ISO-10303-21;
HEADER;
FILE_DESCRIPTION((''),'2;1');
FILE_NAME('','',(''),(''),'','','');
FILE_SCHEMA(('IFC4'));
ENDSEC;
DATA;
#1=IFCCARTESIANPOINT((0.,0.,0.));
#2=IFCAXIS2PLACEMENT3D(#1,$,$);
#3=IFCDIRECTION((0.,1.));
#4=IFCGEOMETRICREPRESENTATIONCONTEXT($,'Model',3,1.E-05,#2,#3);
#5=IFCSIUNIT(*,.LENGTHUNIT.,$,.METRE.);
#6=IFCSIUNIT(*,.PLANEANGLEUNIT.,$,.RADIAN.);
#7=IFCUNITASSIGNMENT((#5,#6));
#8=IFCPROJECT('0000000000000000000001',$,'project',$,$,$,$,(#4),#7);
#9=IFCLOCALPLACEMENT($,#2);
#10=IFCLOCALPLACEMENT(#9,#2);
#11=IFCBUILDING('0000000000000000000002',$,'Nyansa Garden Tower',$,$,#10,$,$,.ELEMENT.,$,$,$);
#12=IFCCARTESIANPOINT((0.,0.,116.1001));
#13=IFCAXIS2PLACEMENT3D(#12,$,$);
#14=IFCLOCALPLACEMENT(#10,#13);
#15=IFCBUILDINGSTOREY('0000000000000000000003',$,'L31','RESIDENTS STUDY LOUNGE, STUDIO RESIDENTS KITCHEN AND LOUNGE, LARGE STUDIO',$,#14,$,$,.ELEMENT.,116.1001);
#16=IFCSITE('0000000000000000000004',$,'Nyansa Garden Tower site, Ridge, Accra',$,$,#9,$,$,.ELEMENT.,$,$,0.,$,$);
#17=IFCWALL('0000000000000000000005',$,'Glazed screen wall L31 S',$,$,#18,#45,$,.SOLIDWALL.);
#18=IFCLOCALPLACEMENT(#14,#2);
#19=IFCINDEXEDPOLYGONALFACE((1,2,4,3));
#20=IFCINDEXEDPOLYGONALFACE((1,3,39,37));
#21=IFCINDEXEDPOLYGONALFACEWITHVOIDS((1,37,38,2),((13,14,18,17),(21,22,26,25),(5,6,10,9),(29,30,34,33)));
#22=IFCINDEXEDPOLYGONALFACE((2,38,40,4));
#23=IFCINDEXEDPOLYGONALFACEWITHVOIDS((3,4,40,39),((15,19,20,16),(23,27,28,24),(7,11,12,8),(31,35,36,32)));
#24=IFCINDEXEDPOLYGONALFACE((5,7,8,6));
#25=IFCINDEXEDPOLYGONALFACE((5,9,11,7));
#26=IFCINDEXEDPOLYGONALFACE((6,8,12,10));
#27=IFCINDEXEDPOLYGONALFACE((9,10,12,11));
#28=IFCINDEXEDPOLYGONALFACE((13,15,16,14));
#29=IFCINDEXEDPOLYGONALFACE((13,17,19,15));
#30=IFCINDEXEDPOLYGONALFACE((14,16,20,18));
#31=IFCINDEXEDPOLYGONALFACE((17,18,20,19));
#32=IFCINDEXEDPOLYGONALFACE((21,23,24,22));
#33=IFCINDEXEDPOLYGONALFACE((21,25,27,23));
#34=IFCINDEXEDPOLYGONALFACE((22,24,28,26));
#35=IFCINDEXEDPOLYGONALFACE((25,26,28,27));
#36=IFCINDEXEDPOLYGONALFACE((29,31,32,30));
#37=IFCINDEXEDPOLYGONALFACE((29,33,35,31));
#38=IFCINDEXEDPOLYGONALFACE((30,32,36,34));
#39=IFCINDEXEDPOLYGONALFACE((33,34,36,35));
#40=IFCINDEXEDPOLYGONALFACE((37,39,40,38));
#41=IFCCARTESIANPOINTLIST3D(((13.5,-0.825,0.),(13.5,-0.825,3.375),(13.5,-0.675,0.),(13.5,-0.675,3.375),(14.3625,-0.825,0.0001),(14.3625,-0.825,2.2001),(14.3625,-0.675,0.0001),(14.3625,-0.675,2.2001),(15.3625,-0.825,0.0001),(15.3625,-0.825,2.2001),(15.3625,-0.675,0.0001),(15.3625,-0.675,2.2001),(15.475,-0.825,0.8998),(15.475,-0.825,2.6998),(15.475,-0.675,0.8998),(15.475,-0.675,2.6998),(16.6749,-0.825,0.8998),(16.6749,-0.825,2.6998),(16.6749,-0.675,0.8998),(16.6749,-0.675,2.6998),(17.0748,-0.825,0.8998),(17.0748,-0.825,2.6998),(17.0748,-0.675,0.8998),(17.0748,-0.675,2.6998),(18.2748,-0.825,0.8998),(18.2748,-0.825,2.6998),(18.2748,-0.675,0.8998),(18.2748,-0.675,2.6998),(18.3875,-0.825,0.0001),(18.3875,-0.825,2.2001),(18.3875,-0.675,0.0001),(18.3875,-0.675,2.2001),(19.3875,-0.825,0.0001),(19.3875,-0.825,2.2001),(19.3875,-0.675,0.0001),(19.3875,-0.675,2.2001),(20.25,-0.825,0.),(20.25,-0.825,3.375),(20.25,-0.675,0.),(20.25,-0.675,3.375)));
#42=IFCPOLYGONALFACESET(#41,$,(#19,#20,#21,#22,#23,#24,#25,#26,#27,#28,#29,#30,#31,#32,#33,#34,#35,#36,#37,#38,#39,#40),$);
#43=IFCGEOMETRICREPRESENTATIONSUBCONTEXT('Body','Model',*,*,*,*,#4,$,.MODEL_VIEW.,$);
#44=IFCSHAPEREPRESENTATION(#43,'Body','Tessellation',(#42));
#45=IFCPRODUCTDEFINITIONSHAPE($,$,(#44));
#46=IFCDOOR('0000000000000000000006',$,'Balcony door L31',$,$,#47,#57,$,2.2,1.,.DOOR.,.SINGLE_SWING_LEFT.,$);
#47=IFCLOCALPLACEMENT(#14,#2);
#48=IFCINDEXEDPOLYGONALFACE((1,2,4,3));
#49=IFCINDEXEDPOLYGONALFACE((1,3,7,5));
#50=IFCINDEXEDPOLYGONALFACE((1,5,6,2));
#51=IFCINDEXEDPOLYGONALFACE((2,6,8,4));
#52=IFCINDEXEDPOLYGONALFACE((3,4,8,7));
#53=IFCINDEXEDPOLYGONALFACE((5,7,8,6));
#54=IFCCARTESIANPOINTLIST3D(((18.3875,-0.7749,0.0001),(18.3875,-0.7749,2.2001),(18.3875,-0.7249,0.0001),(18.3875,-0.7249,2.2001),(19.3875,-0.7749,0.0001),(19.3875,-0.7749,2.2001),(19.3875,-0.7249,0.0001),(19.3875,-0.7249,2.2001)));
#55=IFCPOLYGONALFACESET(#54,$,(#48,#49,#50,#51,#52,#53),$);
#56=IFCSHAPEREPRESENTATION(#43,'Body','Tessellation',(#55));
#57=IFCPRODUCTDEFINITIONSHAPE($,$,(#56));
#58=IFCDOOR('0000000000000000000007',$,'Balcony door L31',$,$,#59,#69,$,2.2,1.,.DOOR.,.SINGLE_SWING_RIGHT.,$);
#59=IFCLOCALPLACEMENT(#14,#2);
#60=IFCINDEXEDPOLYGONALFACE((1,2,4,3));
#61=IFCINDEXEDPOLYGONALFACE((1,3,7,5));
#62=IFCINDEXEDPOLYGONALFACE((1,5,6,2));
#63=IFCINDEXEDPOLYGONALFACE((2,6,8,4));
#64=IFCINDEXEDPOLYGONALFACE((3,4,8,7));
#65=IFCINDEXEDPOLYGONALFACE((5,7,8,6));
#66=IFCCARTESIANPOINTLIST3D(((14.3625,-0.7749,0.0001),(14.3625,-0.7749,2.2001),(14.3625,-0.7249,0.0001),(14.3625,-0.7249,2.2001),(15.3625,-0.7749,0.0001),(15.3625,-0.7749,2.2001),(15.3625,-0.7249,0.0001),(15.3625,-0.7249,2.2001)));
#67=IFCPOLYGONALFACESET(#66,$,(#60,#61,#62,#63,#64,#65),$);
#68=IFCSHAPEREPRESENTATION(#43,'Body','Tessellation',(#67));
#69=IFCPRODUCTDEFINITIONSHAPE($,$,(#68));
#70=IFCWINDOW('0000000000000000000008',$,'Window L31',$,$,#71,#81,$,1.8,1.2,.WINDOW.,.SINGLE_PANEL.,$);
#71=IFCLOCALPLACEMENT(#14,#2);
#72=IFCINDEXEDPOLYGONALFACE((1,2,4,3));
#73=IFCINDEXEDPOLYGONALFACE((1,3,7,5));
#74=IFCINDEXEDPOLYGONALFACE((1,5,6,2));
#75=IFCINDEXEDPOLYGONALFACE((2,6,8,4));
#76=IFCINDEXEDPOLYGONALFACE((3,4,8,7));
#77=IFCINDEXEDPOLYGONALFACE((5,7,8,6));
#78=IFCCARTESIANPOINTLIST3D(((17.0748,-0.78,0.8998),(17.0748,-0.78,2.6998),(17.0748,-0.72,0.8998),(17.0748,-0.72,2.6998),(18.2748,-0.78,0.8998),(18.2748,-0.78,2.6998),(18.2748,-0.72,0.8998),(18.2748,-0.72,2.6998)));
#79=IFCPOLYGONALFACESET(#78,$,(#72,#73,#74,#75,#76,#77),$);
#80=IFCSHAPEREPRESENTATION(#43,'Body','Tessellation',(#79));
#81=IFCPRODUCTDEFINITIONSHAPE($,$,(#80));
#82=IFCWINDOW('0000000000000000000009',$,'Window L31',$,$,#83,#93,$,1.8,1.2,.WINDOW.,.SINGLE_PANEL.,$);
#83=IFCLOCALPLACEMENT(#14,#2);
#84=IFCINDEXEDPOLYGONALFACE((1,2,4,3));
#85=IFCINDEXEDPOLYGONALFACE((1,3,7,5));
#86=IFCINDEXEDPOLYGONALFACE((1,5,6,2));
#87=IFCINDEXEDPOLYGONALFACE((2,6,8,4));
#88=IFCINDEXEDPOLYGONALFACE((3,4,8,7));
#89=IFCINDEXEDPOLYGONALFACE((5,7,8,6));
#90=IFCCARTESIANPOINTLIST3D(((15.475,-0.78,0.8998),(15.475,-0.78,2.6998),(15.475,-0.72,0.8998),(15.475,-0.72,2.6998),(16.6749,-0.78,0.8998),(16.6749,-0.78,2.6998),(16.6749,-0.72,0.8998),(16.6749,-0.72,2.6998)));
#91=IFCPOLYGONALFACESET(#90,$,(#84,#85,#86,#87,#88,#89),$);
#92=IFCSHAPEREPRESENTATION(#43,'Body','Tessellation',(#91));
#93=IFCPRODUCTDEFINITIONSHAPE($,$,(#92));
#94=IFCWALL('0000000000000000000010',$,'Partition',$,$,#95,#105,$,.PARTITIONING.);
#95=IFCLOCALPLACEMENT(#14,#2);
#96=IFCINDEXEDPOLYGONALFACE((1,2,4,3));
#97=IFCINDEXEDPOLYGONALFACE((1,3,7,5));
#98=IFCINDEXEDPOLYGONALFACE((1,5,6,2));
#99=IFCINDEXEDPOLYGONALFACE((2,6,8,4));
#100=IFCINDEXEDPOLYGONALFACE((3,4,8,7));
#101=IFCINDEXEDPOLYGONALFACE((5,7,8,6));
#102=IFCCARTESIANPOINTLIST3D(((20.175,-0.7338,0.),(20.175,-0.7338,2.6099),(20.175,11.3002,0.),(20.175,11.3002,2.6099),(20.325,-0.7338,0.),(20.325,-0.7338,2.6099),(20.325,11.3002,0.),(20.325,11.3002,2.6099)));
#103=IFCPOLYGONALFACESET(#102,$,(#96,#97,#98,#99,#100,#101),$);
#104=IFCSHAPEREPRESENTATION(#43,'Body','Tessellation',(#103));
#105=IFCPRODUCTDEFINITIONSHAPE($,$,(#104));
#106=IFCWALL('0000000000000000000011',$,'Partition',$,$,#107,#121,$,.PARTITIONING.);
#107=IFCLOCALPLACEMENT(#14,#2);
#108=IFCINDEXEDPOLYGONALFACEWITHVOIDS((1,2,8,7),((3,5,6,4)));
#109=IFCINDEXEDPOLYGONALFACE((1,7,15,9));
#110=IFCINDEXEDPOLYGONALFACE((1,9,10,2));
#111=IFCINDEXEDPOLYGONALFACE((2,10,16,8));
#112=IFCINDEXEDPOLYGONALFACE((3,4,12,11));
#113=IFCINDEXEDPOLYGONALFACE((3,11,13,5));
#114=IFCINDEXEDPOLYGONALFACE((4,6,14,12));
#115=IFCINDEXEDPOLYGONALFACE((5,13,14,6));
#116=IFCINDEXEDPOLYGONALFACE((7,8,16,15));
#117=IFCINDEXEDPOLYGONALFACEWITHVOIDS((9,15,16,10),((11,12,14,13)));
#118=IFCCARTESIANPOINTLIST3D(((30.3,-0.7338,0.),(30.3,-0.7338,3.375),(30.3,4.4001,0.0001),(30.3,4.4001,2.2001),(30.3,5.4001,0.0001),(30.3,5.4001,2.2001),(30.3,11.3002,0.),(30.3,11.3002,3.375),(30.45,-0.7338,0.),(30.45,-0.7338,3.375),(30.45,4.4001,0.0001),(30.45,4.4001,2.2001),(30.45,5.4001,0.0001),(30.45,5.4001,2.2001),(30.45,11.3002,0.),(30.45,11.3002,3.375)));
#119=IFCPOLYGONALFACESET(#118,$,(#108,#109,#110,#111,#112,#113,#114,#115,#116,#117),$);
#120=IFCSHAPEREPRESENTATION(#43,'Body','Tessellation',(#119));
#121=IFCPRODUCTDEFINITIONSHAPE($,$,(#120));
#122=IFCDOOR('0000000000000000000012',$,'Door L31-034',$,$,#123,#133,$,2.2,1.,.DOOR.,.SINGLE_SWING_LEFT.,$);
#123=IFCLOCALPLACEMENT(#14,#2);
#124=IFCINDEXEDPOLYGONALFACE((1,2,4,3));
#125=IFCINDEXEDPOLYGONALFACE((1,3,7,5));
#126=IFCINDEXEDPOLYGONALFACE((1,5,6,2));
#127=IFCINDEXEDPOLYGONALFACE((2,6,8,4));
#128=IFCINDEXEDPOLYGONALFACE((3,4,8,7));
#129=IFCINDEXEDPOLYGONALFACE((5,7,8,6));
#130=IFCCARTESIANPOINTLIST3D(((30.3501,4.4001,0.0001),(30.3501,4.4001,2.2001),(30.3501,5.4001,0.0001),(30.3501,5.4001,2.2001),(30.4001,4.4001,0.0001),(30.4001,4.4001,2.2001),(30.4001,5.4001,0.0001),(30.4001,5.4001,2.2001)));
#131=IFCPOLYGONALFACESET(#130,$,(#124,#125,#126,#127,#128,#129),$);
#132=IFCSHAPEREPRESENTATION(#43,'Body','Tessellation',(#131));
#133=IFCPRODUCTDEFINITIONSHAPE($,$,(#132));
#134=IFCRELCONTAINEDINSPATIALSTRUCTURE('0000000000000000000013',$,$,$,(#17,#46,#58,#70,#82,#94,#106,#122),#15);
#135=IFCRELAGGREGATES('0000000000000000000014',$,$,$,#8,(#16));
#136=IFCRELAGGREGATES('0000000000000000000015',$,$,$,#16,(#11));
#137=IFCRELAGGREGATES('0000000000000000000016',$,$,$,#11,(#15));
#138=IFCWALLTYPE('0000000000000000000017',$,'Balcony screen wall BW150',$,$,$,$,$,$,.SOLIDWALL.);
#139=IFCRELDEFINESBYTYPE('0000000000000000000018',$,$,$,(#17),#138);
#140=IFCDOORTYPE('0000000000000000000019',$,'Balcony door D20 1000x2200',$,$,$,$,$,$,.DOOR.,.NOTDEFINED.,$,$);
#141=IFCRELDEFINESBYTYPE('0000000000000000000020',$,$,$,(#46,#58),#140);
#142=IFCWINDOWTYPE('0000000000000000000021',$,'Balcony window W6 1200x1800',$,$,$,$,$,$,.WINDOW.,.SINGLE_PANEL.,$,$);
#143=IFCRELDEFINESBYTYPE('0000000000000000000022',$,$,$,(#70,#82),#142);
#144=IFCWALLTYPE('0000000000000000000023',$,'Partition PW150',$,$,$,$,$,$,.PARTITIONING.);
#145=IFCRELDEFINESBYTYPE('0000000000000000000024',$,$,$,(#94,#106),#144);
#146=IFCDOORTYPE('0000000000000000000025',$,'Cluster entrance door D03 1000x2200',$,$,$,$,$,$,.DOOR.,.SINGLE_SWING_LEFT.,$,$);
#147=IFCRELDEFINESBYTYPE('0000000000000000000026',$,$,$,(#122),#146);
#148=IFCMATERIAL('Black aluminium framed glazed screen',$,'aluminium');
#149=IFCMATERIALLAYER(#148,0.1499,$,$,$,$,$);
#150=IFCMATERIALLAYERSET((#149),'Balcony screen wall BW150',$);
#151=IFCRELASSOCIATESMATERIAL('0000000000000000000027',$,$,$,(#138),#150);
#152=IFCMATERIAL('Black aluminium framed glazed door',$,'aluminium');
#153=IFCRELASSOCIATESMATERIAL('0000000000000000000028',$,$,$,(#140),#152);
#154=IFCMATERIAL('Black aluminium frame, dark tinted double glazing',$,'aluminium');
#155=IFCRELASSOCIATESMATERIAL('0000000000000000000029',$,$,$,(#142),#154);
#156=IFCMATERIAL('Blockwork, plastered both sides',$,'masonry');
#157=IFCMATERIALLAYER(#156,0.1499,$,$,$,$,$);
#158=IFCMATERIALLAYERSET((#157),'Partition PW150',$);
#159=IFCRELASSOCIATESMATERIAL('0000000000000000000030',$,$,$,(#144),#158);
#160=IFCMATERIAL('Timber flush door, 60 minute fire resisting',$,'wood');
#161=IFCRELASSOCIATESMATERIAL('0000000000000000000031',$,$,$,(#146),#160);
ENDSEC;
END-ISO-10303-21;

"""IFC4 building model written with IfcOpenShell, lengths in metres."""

from ifc_helpers import new_model, si_unit, direction, frame, frame_2d, origin, place, context, subcontext, project, spatial, rectangle, extrude, material, layer, layer_set, type_object, element, fill, save


model = new_model("IFC4")

# Units and contexts
model_context = context("Model", 3, precision=1e-05, world=origin(), true_north=direction((0.0, 1.0)))
body_context = subcontext(model_context, "Body", "Model", "MODEL_VIEW")
ifc_project = project(units=[si_unit("LENGTHUNIT", "METRE"), si_unit("PLANEANGLEUNIT", "RADIAN")], contexts=[model_context])

# Site, building, storey
site_placement = place(None, origin())
site = spatial("IfcSite", under=ifc_project, at=site_placement, Name="Nyansa Garden Tower site, Ridge, Accra", CompositionType="ELEMENT", RefElevation=0.0)
building_placement = place(site_placement, origin())
building = spatial("IfcBuilding", under=site, at=building_placement, Name="Nyansa Garden Tower", CompositionType="ELEMENT")
storey_placement = place(building_placement, frame((0.0, 0.0, 116.1001)))
storey = spatial("IfcBuildingStorey", under=building, at=storey_placement, Name="L31", Description="RESIDENTS STUDY LOUNGE, STUDIO RESIDENTS KITCHEN AND LOUNGE, LARGE STUDIO", CompositionType="ELEMENT", Elevation=116.1001)

# Wall, openings, doors, windows
ifc_material_1 = material(Name="Black aluminium framed glazed screen", Category="aluminium")
ifc_layer_1 = layer(ifc_material_1, 0.1499)
ifc_layer_set_1 = layer_set([ifc_layer_1], Name="Balcony screen wall BW150")
wall_type_1 = type_object("IfcWallType", Name="Balcony screen wall BW150", PredefinedType="SOLIDWALL", material=ifc_layer_set_1)
wall_1_placement = place(storey_placement, frame((20.25, -0.75, 0.0), z_axis=(0.0, 0.0, 1.0), x_axis=(-1.0, 0.0, 0.0)))
wall_1 = element("IfcWall", 1, at=wall_1_placement, inside=storey, type_object=wall_type_1, Name="Glazed screen wall L31 S", PredefinedType="SOLIDWALL", context=body_context, shape_type="SweptSolid", body=[
    extrude(rectangle(XDim=6.75, YDim=0.1499, at=frame_2d((3.375, 0.0))), origin(), (0.0, 0.0, 1.0), 3.375),
])
opening_1_placement = place(wall_1_placement, frame((0.8625, 0.0, 0.0)))
opening_1 = element("IfcOpeningElement", 2, at=opening_1_placement, cuts=wall_1, PredefinedType="OPENING", context=body_context, shape_type="SweptSolid", body=[
    extrude(rectangle(XDim=1.0, YDim=2.2, at=frame_2d((0.5, 1.1001))), frame((0.0, 0.085, 0.0), z_axis=(0.0, -1.0, 0.0), x_axis=(1.0, 0.0, 0.0)), (0.0, 0.0, 1.0), 0.1699),
])
opening_2_placement = place(wall_1_placement, frame((1.9751, 0.0, 0.8999)))
opening_2 = element("IfcOpeningElement", 3, at=opening_2_placement, cuts=wall_1, PredefinedType="OPENING", context=body_context, shape_type="SweptSolid", body=[
    extrude(rectangle(XDim=1.2, YDim=1.8, at=frame_2d((0.6001, 0.8999))), frame((0.0, 0.085, 0.0), z_axis=(0.0, -1.0, 0.0), x_axis=(1.0, 0.0, 0.0)), (0.0, 0.0, 1.0), 0.1699),
])
opening_3_placement = place(wall_1_placement, frame((4.8875, 0.0, 0.0)))
opening_3 = element("IfcOpeningElement", 4, at=opening_3_placement, cuts=wall_1, PredefinedType="OPENING", context=body_context, shape_type="SweptSolid", body=[
    extrude(rectangle(XDim=1.0, YDim=2.2, at=frame_2d((0.5, 1.1001))), frame((0.0, 0.085, 0.0), z_axis=(0.0, -1.0, 0.0), x_axis=(1.0, 0.0, 0.0)), (0.0, 0.0, 1.0), 0.1699),
])
opening_4_placement = place(wall_1_placement, frame((3.575, 0.0, 0.8999)))
opening_4 = element("IfcOpeningElement", 5, at=opening_4_placement, cuts=wall_1, PredefinedType="OPENING", context=body_context, shape_type="SweptSolid", body=[
    extrude(rectangle(XDim=1.2, YDim=1.8, at=frame_2d((0.6001, 0.8999))), frame((0.0, 0.085, 0.0), z_axis=(0.0, -1.0, 0.0), x_axis=(1.0, 0.0, 0.0)), (0.0, 0.0, 1.0), 0.1699),
])
ifc_material_2 = material(Name="Black aluminium framed glazed door", Category="aluminium")
door_type_1 = type_object("IfcDoorType", Name="Balcony door D20 1000x2200", OperationType="NOTDEFINED", PredefinedType="DOOR", material=ifc_material_2)
door_1_placement = place(opening_1_placement, origin())
door_1 = element("IfcDoor", 6, at=door_1_placement, inside=storey, type_object=door_type_1, Name="Balcony door L31", OperationType="SINGLE_SWING_LEFT", OverallHeight=2.2, OverallWidth=1.0, PredefinedType="DOOR", context=body_context, shape_type="SweptSolid", body=[
    extrude(rectangle(XDim=1.0, YDim=2.2, at=frame_2d((0.5, 1.1001))), frame((0.0, 0.0249, 0.0), z_axis=(0.0, -1.0, 0.0), x_axis=(1.0, 0.0, 0.0)), (0.0, 0.0, 1.0), 0.05),
])
fill(opening_1, door_1)
door_2_placement = place(opening_3_placement, origin())
door_2 = element("IfcDoor", 7, at=door_2_placement, inside=storey, type_object=door_type_1, Name="Balcony door L31", OperationType="SINGLE_SWING_RIGHT", OverallHeight=2.2, OverallWidth=1.0, PredefinedType="DOOR", context=body_context, shape_type="SweptSolid", body=[
    extrude(rectangle(XDim=1.0, YDim=2.2, at=frame_2d((0.5, 1.1001))), frame((0.0, 0.0249, 0.0), z_axis=(0.0, -1.0, 0.0), x_axis=(1.0, 0.0, 0.0)), (0.0, 0.0, 1.0), 0.05),
])
fill(opening_3, door_2)
ifc_material_3 = material(Name="Black aluminium frame, dark tinted double glazing", Category="aluminium")
window_type = type_object("IfcWindowType", Name="Balcony window W6 1200x1800", PartitioningType="SINGLE_PANEL", PredefinedType="WINDOW", material=ifc_material_3)
window_1_placement = place(opening_2_placement, origin())
window_1 = element("IfcWindow", 8, at=window_1_placement, inside=storey, type_object=window_type, Name="Window L31", OverallHeight=1.8, OverallWidth=1.2, PartitioningType="SINGLE_PANEL", PredefinedType="WINDOW", context=body_context, shape_type="SweptSolid", body=[
    extrude(rectangle(XDim=1.2, YDim=1.8, at=frame_2d((0.6001, 0.8999))), frame((0.0, 0.03, 0.0), z_axis=(0.0, -1.0, 0.0), x_axis=(1.0, 0.0, 0.0)), (0.0, 0.0, 1.0), 0.0601),
])
fill(opening_2, window_1)
window_2_placement = place(opening_4_placement, origin())
window_2 = element("IfcWindow", 9, at=window_2_placement, inside=storey, type_object=window_type, Name="Window L31", OverallHeight=1.8, OverallWidth=1.2, PartitioningType="SINGLE_PANEL", PredefinedType="WINDOW", context=body_context, shape_type="SweptSolid", body=[
    extrude(rectangle(XDim=1.2, YDim=1.8, at=frame_2d((0.6001, 0.8999))), frame((0.0, 0.03, 0.0), z_axis=(0.0, -1.0, 0.0), x_axis=(1.0, 0.0, 0.0)), (0.0, 0.0, 1.0), 0.0601),
])
fill(opening_4, window_2)

# Wall
ifc_material_4 = material(Name="Blockwork, plastered both sides", Category="masonry")
ifc_layer_2 = layer(ifc_material_4, 0.1499)
ifc_layer_set_2 = layer_set([ifc_layer_2], Name="Partition PW150")
wall_type_2 = type_object("IfcWallType", Name="Partition PW150", PredefinedType="PARTITIONING", material=ifc_layer_set_2)
wall_2_placement = place(storey_placement, frame((20.25, -0.7339, 0.0), z_axis=(0.0, 0.0, 1.0), x_axis=(0.0, 1.0, 0.0)))
element("IfcWall", 10, at=wall_2_placement, inside=storey, type_object=wall_type_2, Name="Partition", PredefinedType="PARTITIONING", context=body_context, shape_type="SweptSolid", body=[
    extrude(rectangle(XDim=12.0339, YDim=0.1499, at=frame_2d((6.0171, 0.0))), origin(), (0.0, 0.0, 1.0), 2.6099),
])

# Wall, opening, door
wall_3_placement = place(storey_placement, frame((30.375, -0.7339, 0.0), z_axis=(0.0, 0.0, 1.0), x_axis=(0.0, 1.0, 0.0)))
wall_3 = element("IfcWall", 11, at=wall_3_placement, inside=storey, type_object=wall_type_2, Name="Partition", PredefinedType="PARTITIONING", context=body_context, shape_type="SweptSolid", body=[
    extrude(rectangle(XDim=12.0339, YDim=0.1499, at=frame_2d((6.0171, 0.0))), origin(), (0.0, 0.0, 1.0), 3.375),
])
opening_5_placement = place(wall_3_placement, frame((5.134, 0.0, 0.0)))
opening_5 = element("IfcOpeningElement", 12, at=opening_5_placement, cuts=wall_3, PredefinedType="OPENING", context=body_context, shape_type="SweptSolid", body=[
    extrude(rectangle(XDim=1.0, YDim=2.2, at=frame_2d((0.5, 1.1001))), frame((0.0, 0.085, 0.0), z_axis=(0.0, -1.0, 0.0), x_axis=(1.0, 0.0, 0.0)), (0.0, 0.0, 1.0), 0.1699),
])
ifc_material_5 = material(Name="Timber flush door, 60 minute fire resisting", Category="wood")
door_type_2 = type_object("IfcDoorType", Name="Cluster entrance door D03 1000x2200", OperationType="SINGLE_SWING_LEFT", PredefinedType="DOOR", material=ifc_material_5)
door_3_placement = place(opening_5_placement, origin())
door_3 = element("IfcDoor", 13, at=door_3_placement, inside=storey, type_object=door_type_2, Name="Door L31-034", OperationType="SINGLE_SWING_LEFT", OverallHeight=2.2, OverallWidth=1.0, PredefinedType="DOOR", context=body_context, shape_type="SweptSolid", body=[
    extrude(rectangle(XDim=1.0, YDim=2.2, at=frame_2d((0.5, 1.1001))), frame((0.0, 0.0249, 0.0), z_axis=(0.0, -1.0, 0.0), x_axis=(1.0, 0.0, 0.0)), (0.0, 0.0, 1.0), 0.05),
])
fill(opening_5, door_3)

save(model, "model.ifc")
